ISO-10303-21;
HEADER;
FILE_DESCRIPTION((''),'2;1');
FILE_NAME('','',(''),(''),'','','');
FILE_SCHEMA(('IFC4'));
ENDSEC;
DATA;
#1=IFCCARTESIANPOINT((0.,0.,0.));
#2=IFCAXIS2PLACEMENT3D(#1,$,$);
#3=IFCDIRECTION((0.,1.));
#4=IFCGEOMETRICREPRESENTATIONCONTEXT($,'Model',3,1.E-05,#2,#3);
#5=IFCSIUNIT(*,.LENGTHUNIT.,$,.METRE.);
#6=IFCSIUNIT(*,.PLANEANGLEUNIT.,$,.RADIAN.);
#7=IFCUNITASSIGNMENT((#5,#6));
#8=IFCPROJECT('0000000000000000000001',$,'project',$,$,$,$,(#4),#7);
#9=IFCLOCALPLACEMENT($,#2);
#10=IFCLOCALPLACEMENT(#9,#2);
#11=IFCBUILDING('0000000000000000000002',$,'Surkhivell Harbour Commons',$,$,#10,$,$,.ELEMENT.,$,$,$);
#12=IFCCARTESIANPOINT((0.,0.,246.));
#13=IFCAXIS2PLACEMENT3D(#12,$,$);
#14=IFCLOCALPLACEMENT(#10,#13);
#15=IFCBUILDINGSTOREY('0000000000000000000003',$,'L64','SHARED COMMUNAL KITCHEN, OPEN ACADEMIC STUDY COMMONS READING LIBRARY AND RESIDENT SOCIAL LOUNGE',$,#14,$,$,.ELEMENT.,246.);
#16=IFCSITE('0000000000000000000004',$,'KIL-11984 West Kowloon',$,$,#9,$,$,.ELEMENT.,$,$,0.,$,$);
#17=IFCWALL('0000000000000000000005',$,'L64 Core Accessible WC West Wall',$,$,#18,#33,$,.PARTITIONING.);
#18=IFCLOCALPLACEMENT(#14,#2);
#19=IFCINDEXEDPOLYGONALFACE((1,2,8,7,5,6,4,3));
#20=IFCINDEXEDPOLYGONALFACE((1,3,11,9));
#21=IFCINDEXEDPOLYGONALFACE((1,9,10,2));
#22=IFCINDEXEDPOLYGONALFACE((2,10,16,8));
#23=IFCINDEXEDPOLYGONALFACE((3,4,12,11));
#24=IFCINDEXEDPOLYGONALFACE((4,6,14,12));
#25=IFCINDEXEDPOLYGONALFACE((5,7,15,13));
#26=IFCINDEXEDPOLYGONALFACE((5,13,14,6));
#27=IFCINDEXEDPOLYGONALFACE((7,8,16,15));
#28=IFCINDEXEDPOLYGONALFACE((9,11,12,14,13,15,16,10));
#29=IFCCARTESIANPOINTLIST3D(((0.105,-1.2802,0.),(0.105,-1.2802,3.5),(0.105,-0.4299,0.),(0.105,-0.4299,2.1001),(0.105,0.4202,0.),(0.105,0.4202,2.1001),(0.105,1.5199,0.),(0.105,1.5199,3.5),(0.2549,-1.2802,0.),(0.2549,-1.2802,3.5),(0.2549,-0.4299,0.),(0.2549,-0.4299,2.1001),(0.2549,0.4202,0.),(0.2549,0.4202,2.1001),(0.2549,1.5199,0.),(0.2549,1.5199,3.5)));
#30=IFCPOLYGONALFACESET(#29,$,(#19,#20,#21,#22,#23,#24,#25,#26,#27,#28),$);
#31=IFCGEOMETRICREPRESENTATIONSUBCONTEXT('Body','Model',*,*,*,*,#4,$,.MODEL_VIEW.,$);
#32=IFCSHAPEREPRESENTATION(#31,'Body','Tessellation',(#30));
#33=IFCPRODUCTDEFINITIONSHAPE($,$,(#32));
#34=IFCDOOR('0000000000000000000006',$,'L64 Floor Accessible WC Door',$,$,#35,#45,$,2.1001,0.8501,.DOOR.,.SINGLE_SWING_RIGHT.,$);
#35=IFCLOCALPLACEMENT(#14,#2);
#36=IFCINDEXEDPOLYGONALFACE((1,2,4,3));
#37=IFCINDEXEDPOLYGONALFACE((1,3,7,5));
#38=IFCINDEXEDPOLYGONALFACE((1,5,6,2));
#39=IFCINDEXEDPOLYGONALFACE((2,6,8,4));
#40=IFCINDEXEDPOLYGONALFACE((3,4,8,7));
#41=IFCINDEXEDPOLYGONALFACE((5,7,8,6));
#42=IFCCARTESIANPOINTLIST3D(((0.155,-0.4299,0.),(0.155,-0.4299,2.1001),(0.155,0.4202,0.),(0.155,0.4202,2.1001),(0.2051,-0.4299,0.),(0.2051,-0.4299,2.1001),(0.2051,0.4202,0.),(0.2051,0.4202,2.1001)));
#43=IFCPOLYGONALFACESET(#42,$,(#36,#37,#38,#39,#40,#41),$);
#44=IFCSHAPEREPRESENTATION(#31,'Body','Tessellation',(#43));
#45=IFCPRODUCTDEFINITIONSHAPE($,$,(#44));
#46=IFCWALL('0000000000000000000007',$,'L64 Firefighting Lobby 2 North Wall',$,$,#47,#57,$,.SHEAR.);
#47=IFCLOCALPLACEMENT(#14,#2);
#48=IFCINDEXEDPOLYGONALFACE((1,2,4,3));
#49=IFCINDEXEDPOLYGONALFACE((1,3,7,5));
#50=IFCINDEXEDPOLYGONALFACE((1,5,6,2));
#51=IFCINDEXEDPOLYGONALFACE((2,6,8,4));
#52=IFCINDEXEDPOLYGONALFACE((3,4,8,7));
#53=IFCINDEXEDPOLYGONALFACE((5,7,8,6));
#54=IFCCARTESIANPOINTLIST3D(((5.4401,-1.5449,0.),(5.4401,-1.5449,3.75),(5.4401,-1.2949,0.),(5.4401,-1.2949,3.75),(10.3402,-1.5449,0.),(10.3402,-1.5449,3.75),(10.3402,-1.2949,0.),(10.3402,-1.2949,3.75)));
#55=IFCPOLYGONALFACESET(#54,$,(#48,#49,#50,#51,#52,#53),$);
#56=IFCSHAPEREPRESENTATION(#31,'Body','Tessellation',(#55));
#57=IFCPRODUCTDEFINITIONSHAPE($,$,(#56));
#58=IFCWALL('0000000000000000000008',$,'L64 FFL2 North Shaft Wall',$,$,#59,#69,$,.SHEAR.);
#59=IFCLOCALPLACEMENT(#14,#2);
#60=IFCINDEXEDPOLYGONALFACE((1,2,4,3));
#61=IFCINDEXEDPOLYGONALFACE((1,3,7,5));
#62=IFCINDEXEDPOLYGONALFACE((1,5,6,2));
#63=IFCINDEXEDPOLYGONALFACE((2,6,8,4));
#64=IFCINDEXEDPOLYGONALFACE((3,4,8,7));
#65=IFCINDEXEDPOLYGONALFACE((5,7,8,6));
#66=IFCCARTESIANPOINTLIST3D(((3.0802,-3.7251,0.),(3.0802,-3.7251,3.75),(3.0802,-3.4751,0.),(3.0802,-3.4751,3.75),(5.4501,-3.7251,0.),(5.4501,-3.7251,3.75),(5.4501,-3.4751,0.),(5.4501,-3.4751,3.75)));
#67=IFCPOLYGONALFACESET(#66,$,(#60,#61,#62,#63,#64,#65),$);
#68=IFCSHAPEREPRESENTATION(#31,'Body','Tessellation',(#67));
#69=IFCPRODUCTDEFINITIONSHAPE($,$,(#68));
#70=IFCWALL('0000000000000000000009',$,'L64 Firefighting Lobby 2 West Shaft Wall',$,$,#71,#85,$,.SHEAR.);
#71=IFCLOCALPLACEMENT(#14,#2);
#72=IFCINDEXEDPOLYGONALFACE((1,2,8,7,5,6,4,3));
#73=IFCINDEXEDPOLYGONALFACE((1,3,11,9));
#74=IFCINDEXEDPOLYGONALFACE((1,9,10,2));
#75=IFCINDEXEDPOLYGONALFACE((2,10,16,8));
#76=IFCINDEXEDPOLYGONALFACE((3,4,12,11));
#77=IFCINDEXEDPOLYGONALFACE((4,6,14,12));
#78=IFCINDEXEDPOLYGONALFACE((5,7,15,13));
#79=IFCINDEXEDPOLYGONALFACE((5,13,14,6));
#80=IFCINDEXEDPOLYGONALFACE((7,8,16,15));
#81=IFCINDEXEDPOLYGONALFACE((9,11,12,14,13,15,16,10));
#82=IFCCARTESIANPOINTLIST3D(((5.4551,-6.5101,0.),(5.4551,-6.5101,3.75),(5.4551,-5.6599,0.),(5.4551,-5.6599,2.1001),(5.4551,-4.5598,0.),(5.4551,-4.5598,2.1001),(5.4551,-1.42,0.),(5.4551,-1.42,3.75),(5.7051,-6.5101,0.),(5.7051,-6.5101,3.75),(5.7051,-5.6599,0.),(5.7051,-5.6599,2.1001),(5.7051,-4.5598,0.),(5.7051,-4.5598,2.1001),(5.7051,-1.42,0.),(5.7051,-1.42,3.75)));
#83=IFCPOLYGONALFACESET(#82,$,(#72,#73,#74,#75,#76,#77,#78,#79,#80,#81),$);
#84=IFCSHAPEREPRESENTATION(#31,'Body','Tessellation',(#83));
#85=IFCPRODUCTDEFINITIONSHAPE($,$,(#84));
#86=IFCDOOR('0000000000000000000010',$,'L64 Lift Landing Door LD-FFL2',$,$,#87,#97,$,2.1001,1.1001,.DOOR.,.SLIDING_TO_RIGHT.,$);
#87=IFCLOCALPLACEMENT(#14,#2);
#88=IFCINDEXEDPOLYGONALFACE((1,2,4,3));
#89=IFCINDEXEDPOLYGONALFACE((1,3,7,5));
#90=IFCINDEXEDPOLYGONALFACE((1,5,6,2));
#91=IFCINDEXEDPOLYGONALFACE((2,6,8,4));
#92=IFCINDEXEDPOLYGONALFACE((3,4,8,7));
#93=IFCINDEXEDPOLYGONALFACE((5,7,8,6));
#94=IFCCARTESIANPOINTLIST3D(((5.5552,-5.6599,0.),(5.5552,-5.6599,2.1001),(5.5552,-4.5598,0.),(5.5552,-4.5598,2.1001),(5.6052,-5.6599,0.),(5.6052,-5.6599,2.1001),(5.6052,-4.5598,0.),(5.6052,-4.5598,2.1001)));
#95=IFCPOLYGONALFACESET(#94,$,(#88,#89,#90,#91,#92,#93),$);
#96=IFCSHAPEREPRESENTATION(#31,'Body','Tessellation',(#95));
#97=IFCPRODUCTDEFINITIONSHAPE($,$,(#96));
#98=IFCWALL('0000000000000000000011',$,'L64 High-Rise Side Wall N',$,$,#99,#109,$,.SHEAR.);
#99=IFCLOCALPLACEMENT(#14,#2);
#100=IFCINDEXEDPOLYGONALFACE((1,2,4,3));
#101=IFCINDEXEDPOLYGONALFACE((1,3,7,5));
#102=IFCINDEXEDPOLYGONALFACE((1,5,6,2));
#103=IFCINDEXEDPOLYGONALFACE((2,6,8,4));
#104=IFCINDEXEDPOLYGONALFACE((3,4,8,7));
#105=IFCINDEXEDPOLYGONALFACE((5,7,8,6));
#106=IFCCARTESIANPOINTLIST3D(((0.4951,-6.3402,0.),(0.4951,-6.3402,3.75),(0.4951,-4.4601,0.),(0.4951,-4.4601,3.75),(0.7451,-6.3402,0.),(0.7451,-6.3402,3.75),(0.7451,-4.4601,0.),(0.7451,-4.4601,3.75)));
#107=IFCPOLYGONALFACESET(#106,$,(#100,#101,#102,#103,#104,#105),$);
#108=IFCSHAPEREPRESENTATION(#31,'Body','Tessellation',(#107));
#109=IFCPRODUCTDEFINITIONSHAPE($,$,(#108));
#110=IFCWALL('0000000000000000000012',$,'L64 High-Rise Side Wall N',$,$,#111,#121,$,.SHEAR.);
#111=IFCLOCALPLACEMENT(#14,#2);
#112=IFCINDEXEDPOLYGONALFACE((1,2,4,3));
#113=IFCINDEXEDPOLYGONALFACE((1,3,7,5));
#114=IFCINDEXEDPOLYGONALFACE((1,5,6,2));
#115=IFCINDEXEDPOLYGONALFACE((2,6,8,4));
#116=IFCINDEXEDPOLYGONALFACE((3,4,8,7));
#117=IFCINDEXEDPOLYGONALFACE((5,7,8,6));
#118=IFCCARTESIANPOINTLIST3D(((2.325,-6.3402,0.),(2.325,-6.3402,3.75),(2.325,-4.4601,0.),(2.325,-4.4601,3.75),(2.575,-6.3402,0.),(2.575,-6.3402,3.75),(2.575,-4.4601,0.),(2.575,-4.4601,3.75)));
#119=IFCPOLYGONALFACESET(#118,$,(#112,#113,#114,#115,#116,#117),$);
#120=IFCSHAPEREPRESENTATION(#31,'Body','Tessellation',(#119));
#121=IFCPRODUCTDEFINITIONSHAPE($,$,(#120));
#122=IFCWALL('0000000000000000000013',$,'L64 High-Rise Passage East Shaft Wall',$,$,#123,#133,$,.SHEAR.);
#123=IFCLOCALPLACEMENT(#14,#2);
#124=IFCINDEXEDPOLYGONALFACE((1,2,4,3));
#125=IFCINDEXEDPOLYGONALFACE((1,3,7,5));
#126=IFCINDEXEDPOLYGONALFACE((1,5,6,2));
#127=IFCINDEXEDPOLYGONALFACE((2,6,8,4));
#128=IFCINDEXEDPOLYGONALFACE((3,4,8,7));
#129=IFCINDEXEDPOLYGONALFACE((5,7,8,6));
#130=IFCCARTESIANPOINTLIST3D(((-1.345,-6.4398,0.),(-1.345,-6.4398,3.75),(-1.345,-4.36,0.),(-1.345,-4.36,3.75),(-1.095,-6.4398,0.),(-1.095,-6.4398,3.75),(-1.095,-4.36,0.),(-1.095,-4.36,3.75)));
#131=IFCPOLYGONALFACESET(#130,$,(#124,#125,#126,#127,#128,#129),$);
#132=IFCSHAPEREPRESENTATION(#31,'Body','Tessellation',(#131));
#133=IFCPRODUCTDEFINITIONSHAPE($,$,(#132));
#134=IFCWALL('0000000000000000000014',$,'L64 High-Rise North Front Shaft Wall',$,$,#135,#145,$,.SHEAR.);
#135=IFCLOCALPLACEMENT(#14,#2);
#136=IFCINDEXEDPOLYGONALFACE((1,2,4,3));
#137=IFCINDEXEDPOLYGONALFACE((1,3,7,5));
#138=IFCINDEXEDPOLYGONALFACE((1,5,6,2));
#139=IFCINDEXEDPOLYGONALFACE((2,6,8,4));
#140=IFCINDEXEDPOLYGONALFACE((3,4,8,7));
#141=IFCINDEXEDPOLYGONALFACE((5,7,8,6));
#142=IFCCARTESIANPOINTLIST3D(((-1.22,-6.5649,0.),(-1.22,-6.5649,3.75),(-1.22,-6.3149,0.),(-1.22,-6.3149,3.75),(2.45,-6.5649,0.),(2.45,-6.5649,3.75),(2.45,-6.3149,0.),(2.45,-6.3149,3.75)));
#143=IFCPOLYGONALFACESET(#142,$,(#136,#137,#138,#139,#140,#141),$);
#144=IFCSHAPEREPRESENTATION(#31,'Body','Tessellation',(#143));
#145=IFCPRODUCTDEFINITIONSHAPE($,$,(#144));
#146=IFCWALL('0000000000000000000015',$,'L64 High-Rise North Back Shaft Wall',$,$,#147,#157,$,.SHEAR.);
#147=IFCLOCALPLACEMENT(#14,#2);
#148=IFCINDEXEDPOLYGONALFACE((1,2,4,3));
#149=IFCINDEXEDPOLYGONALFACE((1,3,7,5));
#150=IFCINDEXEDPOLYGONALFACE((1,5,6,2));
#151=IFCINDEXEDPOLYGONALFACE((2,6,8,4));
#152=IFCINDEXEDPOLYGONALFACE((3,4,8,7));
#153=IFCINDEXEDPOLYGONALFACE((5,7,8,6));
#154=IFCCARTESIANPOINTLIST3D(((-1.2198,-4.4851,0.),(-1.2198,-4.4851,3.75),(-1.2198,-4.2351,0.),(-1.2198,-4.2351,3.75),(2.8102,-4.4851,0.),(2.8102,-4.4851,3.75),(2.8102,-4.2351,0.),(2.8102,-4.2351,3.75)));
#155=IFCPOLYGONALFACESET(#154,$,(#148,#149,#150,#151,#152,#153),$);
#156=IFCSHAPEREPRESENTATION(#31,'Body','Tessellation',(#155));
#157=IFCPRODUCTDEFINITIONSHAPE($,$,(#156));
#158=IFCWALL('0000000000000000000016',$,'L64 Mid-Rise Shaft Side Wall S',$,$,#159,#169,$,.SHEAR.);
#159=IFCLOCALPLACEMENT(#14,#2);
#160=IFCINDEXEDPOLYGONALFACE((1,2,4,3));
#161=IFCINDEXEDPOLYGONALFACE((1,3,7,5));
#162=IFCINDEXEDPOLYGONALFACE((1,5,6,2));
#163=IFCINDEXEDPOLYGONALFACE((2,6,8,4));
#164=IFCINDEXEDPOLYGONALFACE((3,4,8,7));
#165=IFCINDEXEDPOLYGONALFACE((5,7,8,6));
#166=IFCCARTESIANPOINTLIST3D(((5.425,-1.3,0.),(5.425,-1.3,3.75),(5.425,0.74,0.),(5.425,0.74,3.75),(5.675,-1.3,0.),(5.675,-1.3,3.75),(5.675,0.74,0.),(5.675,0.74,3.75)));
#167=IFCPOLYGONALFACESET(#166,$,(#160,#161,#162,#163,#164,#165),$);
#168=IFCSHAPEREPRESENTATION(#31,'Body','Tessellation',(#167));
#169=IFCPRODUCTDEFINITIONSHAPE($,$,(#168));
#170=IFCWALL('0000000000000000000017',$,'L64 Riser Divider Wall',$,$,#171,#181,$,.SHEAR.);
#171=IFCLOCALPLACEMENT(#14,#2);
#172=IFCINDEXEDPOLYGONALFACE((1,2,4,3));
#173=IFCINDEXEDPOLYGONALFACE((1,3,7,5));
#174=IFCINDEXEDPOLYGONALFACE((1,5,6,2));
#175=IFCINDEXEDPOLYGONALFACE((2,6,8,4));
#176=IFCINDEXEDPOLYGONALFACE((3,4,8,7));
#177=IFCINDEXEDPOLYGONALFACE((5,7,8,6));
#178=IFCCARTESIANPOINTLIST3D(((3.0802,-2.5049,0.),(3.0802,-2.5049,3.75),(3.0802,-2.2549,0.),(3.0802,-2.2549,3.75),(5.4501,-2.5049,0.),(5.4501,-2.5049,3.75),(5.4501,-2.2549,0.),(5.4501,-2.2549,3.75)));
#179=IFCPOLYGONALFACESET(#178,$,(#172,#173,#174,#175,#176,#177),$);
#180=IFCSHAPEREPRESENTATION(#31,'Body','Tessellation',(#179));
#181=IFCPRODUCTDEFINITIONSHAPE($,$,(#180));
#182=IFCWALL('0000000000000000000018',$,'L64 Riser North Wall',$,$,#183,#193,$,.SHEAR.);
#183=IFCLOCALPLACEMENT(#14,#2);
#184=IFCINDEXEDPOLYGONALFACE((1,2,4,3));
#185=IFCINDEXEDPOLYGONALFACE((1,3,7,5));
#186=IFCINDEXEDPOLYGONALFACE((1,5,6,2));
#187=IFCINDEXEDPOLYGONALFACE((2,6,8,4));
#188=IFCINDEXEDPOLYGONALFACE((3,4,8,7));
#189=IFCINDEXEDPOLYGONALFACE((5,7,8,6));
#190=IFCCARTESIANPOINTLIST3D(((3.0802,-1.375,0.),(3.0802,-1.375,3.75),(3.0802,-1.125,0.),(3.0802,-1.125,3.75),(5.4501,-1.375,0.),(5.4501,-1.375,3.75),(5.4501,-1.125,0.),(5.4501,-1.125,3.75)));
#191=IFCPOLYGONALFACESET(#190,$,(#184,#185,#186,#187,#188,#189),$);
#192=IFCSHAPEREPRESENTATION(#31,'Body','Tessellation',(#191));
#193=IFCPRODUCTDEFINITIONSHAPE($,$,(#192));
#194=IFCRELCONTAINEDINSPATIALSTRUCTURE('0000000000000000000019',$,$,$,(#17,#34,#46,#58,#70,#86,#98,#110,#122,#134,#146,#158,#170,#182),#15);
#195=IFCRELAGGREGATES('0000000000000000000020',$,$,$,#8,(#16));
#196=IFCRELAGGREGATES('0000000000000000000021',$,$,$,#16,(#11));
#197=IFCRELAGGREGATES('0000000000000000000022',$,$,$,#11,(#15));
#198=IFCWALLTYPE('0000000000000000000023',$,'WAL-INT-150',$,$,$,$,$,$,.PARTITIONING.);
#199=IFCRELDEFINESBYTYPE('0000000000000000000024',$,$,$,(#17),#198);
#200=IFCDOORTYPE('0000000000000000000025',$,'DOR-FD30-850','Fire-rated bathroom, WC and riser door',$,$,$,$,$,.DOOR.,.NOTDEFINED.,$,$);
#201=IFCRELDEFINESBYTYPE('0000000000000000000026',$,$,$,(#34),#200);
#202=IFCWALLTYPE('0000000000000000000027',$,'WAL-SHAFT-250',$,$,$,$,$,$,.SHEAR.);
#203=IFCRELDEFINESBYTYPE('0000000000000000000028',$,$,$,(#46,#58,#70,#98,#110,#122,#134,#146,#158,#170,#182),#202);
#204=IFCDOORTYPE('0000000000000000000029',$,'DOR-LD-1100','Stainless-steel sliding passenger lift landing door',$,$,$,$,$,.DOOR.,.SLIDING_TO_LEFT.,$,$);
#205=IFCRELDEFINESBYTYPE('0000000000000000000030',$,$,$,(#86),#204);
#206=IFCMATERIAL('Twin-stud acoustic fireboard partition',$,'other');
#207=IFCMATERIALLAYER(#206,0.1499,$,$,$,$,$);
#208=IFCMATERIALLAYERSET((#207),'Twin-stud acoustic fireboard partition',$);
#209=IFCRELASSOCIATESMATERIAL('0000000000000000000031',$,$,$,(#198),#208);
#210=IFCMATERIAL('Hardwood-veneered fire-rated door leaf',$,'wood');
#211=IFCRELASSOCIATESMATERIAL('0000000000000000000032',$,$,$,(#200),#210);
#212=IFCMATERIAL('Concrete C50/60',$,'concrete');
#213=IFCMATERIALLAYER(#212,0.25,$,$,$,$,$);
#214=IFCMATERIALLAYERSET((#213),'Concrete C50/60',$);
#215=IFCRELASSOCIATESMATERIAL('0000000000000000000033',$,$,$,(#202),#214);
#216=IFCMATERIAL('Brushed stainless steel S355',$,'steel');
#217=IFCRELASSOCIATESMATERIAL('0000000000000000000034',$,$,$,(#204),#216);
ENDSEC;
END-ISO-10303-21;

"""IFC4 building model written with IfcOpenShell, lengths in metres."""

from ifc_helpers import new_model, si_unit, direction, frame, frame_2d, origin, place, context, subcontext, project, spatial, rectangle, extrude, material, layer, layer_set, type_object, element, fill, save


model = new_model("IFC4")

# Units and contexts
model_context = context("Model", 3, precision=1e-05, world=origin(), true_north=direction((0.0, 1.0)))
body_context = subcontext(model_context, "Body", "Model", "MODEL_VIEW")
ifc_project = project(units=[si_unit("LENGTHUNIT", "METRE"), si_unit("PLANEANGLEUNIT", "RADIAN")], contexts=[model_context])

# Site, building, storey
site_placement = place(None, origin())
site = spatial("IfcSite", under=ifc_project, at=site_placement, Name="KIL-11984 West Kowloon", CompositionType="ELEMENT", RefElevation=0.0)
building_placement = place(site_placement, origin())
building = spatial("IfcBuilding", under=site, at=building_placement, Name="Surkhivell Harbour Commons", CompositionType="ELEMENT")
storey_placement = place(building_placement, frame((0.0, 0.0, 246.0)))
storey = spatial("IfcBuildingStorey", under=building, at=storey_placement, Name="L64", Description="SHARED COMMUNAL KITCHEN, OPEN ACADEMIC STUDY COMMONS READING LIBRARY AND RESIDENT SOCIAL LOUNGE", CompositionType="ELEMENT", Elevation=246.0)

# Shared definitions
ifc_material_1 = material(Name="Twin-stud acoustic fireboard partition", Category="other")
ifc_layer_1 = layer(ifc_material_1, 0.1499)
ifc_layer_set_1 = layer_set([ifc_layer_1], Name="Twin-stud acoustic fireboard partition")
wall_type_1 = type_object("IfcWallType", Name="WAL-INT-150", PredefinedType="PARTITIONING", material=ifc_layer_set_1)

# Wall, opening, door
wall_1_placement = place(storey_placement, frame((0.1799, -1.28, 0.0), z_axis=(0.0, 0.0, 1.0), x_axis=(0.0, 1.0, 0.0)))
wall_1 = element("IfcWall", 1, at=wall_1_placement, inside=storey, type_object=wall_type_1, Name="L64 Core Accessible WC West Wall", PredefinedType="PARTITIONING", context=body_context, shape_type="SweptSolid", body=[
    extrude(rectangle(XDim=2.8, YDim=0.1499, at=frame_2d((1.3999, 0.0))), origin(), (0.0, 0.0, 1.0), 3.5),
])
opening_1_placement = place(wall_1_placement, frame((0.8501, 0.0, 0.0)))
opening_1 = element("IfcOpeningElement", 2, at=opening_1_placement, cuts=wall_1, PredefinedType="OPENING", context=body_context, shape_type="SweptSolid", body=[
    extrude(rectangle(XDim=0.8501, YDim=2.1001, at=frame_2d((0.425, 1.05))), frame((0.0, 0.085, 0.0), z_axis=(0.0, -1.0, 0.0), x_axis=(1.0, 0.0, 0.0)), (0.0, 0.0, 1.0), 0.1699),
])
ifc_material_2 = material(Name="Hardwood-veneered fire-rated door leaf", Category="wood")
door_type_1 = type_object("IfcDoorType", Name="DOR-FD30-850", Description="Fire-rated bathroom, WC and riser door", OperationType="NOTDEFINED", PredefinedType="DOOR", material=ifc_material_2)
door_1_placement = place(opening_1_placement, origin())
door_1 = element("IfcDoor", 3, at=door_1_placement, inside=storey, type_object=door_type_1, Name="L64 Floor Accessible WC Door", OperationType="SINGLE_SWING_RIGHT", OverallHeight=2.1001, OverallWidth=0.8501, PredefinedType="DOOR", context=body_context, shape_type="SweptSolid", body=[
    extrude(rectangle(XDim=0.8501, YDim=2.1001, at=frame_2d((0.425, 1.05))), frame((0.0, 0.0249, 0.0), z_axis=(0.0, -1.0, 0.0), x_axis=(1.0, 0.0, 0.0)), (0.0, 0.0, 1.0), 0.05),
])
fill(opening_1, door_1)

# Walls
ifc_material_3 = material(Name="Concrete C50/60", Category="concrete")
ifc_layer_2 = layer(ifc_material_3, 0.25)
ifc_layer_set_2 = layer_set([ifc_layer_2], Name="Concrete C50/60")
wall_type_2 = type_object("IfcWallType", Name="WAL-SHAFT-250", PredefinedType="SHEAR", material=ifc_layer_set_2)
wall_2_placement = place(storey_placement, frame((5.4399, -1.4199, 0.0), z_axis=(0.0, 0.0, 1.0), x_axis=(1.0, 0.0, 0.0)))
element("IfcWall", 4, at=wall_2_placement, inside=storey, type_object=wall_type_2, Name="L64 Firefighting Lobby 2 North Wall", PredefinedType="SHEAR", context=body_context, shape_type="SweptSolid", body=[
    extrude(rectangle(XDim=4.9001, YDim=0.25, at=frame_2d((2.4502, 0.0))), origin(), (0.0, 0.0, 1.0), 3.75),
])
wall_3_placement = place(storey_placement, frame((3.0801, -3.6001, 0.0), z_axis=(0.0, 0.0, 1.0), x_axis=(1.0, 0.0, 0.0)))
element("IfcWall", 5, at=wall_3_placement, inside=storey, type_object=wall_type_2, Name="L64 FFL2 North Shaft Wall", PredefinedType="SHEAR", context=body_context, shape_type="SweptSolid", body=[
    extrude(rectangle(XDim=2.3699, YDim=0.25, at=frame_2d((1.1851, 0.0))), origin(), (0.0, 0.0, 1.0), 3.75),
])

# Wall, opening, door
wall_4_placement = place(storey_placement, frame((5.5801, -6.51, 0.0), z_axis=(0.0, 0.0, 1.0), x_axis=(0.0, 1.0, 0.0)))
wall_4 = element("IfcWall", 6, at=wall_4_placement, inside=storey, type_object=wall_type_2, Name="L64 Firefighting Lobby 2 West Shaft Wall", PredefinedType="SHEAR", context=body_context, shape_type="SweptSolid", body=[
    extrude(rectangle(XDim=5.0901, YDim=0.25, at=frame_2d((2.5449, 0.0))), origin(), (0.0, 0.0, 1.0), 3.75),
])
opening_2_placement = place(wall_4_placement, frame((0.8501, 0.0, 0.0)))
opening_2 = element("IfcOpeningElement", 7, at=opening_2_placement, cuts=wall_4, PredefinedType="OPENING", context=body_context, shape_type="SweptSolid", body=[
    extrude(rectangle(XDim=1.1001, YDim=2.1001, at=frame_2d((0.55, 1.05))), frame((0.0, 0.135, 0.0), z_axis=(0.0, -1.0, 0.0), x_axis=(1.0, 0.0, 0.0)), (0.0, 0.0, 1.0), 0.27),
])
ifc_material_4 = material(Name="Brushed stainless steel S355", Category="steel")
door_type_2 = type_object("IfcDoorType", Name="DOR-LD-1100", Description="Stainless-steel sliding passenger lift landing door", OperationType="SLIDING_TO_LEFT", PredefinedType="DOOR", material=ifc_material_4)
door_2_placement = place(opening_2_placement, origin())
door_2 = element("IfcDoor", 8, at=door_2_placement, inside=storey, type_object=door_type_2, Name="L64 Lift Landing Door LD-FFL2", OperationType="SLIDING_TO_RIGHT", OverallHeight=2.1001, OverallWidth=1.1001, PredefinedType="DOOR", context=body_context, shape_type="SweptSolid", body=[
    extrude(rectangle(XDim=1.1001, YDim=2.1001, at=frame_2d((0.55, 1.05))), frame((0.0, 0.0249, 0.0), z_axis=(0.0, -1.0, 0.0), x_axis=(1.0, 0.0, 0.0)), (0.0, 0.0, 1.0), 0.05),
])
fill(opening_2, door_2)

# Walls
for number, where, z_axis, x_axis, name in (
    (9, (0.6201, -6.3401, 0.0), (0.0, 0.0, 1.0), (0.0, 1.0, 0.0), "L64 High-Rise Side Wall N"),
    (10, (2.45, -6.3401, 0.0), (0.0, 0.0, 1.0), (0.0, 1.0, 0.0), "L64 High-Rise Side Wall N"),
):
    element("IfcWall", number, at=place(storey_placement, frame(where, z_axis=z_axis, x_axis=x_axis)), inside=storey, type_object=wall_type_2, Name=name, PredefinedType="SHEAR", context=body_context, shape_type="SweptSolid", body=[
        extrude(rectangle(XDim=1.8801, YDim=0.25, at=frame_2d((0.9399, 0.0))), origin(), (0.0, 0.0, 1.0), 3.75),
    ])
wall_5_placement = place(storey_placement, frame((-1.22, -6.4399, 0.0), z_axis=(0.0, 0.0, 1.0), x_axis=(0.0, 1.0, 0.0)))
element("IfcWall", 11, at=wall_5_placement, inside=storey, type_object=wall_type_2, Name="L64 High-Rise Passage East Shaft Wall", PredefinedType="SHEAR", context=body_context, shape_type="SweptSolid", body=[
    extrude(rectangle(XDim=2.0798, YDim=0.25, at=frame_2d((1.04, 0.0))), origin(), (0.0, 0.0, 1.0), 3.75),
])
wall_6_placement = place(storey_placement, frame((-1.22, -6.4399, 0.0), z_axis=(0.0, 0.0, 1.0), x_axis=(1.0, 0.0, 0.0)))
element("IfcWall", 12, at=wall_6_placement, inside=storey, type_object=wall_type_2, Name="L64 High-Rise North Front Shaft Wall", PredefinedType="SHEAR", context=body_context, shape_type="SweptSolid", body=[
    extrude(rectangle(XDim=3.6699, YDim=0.25, at=frame_2d((1.835, 0.0))), origin(), (0.0, 0.0, 1.0), 3.75),
])
wall_7_placement = place(storey_placement, frame((-1.22, -4.3601, 0.0), z_axis=(0.0, 0.0, 1.0), x_axis=(1.0, 0.0, 0.0)))
element("IfcWall", 13, at=wall_7_placement, inside=storey, type_object=wall_type_2, Name="L64 High-Rise North Back Shaft Wall", PredefinedType="SHEAR", context=body_context, shape_type="SweptSolid", body=[
    extrude(rectangle(XDim=4.03, YDim=0.25, at=frame_2d((2.0151, 0.0))), origin(), (0.0, 0.0, 1.0), 3.75),
])
wall_8_placement = place(storey_placement, frame((5.55, -1.3, 0.0), z_axis=(0.0, 0.0, 1.0), x_axis=(0.0, 1.0, 0.0)))
element("IfcWall", 14, at=wall_8_placement, inside=storey, type_object=wall_type_2, Name="L64 Mid-Rise Shaft Side Wall S", PredefinedType="SHEAR", context=body_context, shape_type="SweptSolid", body=[
    extrude(rectangle(XDim=2.04, YDim=0.25, at=frame_2d((1.02, 0.0))), origin(), (0.0, 0.0, 1.0), 3.75),
])
for number, where, z_axis, x_axis, name in (
    (15, (3.0801, -2.3799, 0.0), (0.0, 0.0, 1.0), (1.0, 0.0, 0.0), "L64 Riser Divider Wall"),
    (16, (3.0801, -1.25, 0.0), (0.0, 0.0, 1.0), (1.0, 0.0, 0.0), "L64 Riser North Wall"),
):
    element("IfcWall", number, at=place(storey_placement, frame(where, z_axis=z_axis, x_axis=x_axis)), inside=storey, type_object=wall_type_2, Name=name, PredefinedType="SHEAR", context=body_context, shape_type="SweptSolid", body=[
        extrude(rectangle(XDim=2.3699, YDim=0.25, at=frame_2d((1.1851, 0.0))), origin(), (0.0, 0.0, 1.0), 3.75),
    ])

save(model, "model.ifc")
